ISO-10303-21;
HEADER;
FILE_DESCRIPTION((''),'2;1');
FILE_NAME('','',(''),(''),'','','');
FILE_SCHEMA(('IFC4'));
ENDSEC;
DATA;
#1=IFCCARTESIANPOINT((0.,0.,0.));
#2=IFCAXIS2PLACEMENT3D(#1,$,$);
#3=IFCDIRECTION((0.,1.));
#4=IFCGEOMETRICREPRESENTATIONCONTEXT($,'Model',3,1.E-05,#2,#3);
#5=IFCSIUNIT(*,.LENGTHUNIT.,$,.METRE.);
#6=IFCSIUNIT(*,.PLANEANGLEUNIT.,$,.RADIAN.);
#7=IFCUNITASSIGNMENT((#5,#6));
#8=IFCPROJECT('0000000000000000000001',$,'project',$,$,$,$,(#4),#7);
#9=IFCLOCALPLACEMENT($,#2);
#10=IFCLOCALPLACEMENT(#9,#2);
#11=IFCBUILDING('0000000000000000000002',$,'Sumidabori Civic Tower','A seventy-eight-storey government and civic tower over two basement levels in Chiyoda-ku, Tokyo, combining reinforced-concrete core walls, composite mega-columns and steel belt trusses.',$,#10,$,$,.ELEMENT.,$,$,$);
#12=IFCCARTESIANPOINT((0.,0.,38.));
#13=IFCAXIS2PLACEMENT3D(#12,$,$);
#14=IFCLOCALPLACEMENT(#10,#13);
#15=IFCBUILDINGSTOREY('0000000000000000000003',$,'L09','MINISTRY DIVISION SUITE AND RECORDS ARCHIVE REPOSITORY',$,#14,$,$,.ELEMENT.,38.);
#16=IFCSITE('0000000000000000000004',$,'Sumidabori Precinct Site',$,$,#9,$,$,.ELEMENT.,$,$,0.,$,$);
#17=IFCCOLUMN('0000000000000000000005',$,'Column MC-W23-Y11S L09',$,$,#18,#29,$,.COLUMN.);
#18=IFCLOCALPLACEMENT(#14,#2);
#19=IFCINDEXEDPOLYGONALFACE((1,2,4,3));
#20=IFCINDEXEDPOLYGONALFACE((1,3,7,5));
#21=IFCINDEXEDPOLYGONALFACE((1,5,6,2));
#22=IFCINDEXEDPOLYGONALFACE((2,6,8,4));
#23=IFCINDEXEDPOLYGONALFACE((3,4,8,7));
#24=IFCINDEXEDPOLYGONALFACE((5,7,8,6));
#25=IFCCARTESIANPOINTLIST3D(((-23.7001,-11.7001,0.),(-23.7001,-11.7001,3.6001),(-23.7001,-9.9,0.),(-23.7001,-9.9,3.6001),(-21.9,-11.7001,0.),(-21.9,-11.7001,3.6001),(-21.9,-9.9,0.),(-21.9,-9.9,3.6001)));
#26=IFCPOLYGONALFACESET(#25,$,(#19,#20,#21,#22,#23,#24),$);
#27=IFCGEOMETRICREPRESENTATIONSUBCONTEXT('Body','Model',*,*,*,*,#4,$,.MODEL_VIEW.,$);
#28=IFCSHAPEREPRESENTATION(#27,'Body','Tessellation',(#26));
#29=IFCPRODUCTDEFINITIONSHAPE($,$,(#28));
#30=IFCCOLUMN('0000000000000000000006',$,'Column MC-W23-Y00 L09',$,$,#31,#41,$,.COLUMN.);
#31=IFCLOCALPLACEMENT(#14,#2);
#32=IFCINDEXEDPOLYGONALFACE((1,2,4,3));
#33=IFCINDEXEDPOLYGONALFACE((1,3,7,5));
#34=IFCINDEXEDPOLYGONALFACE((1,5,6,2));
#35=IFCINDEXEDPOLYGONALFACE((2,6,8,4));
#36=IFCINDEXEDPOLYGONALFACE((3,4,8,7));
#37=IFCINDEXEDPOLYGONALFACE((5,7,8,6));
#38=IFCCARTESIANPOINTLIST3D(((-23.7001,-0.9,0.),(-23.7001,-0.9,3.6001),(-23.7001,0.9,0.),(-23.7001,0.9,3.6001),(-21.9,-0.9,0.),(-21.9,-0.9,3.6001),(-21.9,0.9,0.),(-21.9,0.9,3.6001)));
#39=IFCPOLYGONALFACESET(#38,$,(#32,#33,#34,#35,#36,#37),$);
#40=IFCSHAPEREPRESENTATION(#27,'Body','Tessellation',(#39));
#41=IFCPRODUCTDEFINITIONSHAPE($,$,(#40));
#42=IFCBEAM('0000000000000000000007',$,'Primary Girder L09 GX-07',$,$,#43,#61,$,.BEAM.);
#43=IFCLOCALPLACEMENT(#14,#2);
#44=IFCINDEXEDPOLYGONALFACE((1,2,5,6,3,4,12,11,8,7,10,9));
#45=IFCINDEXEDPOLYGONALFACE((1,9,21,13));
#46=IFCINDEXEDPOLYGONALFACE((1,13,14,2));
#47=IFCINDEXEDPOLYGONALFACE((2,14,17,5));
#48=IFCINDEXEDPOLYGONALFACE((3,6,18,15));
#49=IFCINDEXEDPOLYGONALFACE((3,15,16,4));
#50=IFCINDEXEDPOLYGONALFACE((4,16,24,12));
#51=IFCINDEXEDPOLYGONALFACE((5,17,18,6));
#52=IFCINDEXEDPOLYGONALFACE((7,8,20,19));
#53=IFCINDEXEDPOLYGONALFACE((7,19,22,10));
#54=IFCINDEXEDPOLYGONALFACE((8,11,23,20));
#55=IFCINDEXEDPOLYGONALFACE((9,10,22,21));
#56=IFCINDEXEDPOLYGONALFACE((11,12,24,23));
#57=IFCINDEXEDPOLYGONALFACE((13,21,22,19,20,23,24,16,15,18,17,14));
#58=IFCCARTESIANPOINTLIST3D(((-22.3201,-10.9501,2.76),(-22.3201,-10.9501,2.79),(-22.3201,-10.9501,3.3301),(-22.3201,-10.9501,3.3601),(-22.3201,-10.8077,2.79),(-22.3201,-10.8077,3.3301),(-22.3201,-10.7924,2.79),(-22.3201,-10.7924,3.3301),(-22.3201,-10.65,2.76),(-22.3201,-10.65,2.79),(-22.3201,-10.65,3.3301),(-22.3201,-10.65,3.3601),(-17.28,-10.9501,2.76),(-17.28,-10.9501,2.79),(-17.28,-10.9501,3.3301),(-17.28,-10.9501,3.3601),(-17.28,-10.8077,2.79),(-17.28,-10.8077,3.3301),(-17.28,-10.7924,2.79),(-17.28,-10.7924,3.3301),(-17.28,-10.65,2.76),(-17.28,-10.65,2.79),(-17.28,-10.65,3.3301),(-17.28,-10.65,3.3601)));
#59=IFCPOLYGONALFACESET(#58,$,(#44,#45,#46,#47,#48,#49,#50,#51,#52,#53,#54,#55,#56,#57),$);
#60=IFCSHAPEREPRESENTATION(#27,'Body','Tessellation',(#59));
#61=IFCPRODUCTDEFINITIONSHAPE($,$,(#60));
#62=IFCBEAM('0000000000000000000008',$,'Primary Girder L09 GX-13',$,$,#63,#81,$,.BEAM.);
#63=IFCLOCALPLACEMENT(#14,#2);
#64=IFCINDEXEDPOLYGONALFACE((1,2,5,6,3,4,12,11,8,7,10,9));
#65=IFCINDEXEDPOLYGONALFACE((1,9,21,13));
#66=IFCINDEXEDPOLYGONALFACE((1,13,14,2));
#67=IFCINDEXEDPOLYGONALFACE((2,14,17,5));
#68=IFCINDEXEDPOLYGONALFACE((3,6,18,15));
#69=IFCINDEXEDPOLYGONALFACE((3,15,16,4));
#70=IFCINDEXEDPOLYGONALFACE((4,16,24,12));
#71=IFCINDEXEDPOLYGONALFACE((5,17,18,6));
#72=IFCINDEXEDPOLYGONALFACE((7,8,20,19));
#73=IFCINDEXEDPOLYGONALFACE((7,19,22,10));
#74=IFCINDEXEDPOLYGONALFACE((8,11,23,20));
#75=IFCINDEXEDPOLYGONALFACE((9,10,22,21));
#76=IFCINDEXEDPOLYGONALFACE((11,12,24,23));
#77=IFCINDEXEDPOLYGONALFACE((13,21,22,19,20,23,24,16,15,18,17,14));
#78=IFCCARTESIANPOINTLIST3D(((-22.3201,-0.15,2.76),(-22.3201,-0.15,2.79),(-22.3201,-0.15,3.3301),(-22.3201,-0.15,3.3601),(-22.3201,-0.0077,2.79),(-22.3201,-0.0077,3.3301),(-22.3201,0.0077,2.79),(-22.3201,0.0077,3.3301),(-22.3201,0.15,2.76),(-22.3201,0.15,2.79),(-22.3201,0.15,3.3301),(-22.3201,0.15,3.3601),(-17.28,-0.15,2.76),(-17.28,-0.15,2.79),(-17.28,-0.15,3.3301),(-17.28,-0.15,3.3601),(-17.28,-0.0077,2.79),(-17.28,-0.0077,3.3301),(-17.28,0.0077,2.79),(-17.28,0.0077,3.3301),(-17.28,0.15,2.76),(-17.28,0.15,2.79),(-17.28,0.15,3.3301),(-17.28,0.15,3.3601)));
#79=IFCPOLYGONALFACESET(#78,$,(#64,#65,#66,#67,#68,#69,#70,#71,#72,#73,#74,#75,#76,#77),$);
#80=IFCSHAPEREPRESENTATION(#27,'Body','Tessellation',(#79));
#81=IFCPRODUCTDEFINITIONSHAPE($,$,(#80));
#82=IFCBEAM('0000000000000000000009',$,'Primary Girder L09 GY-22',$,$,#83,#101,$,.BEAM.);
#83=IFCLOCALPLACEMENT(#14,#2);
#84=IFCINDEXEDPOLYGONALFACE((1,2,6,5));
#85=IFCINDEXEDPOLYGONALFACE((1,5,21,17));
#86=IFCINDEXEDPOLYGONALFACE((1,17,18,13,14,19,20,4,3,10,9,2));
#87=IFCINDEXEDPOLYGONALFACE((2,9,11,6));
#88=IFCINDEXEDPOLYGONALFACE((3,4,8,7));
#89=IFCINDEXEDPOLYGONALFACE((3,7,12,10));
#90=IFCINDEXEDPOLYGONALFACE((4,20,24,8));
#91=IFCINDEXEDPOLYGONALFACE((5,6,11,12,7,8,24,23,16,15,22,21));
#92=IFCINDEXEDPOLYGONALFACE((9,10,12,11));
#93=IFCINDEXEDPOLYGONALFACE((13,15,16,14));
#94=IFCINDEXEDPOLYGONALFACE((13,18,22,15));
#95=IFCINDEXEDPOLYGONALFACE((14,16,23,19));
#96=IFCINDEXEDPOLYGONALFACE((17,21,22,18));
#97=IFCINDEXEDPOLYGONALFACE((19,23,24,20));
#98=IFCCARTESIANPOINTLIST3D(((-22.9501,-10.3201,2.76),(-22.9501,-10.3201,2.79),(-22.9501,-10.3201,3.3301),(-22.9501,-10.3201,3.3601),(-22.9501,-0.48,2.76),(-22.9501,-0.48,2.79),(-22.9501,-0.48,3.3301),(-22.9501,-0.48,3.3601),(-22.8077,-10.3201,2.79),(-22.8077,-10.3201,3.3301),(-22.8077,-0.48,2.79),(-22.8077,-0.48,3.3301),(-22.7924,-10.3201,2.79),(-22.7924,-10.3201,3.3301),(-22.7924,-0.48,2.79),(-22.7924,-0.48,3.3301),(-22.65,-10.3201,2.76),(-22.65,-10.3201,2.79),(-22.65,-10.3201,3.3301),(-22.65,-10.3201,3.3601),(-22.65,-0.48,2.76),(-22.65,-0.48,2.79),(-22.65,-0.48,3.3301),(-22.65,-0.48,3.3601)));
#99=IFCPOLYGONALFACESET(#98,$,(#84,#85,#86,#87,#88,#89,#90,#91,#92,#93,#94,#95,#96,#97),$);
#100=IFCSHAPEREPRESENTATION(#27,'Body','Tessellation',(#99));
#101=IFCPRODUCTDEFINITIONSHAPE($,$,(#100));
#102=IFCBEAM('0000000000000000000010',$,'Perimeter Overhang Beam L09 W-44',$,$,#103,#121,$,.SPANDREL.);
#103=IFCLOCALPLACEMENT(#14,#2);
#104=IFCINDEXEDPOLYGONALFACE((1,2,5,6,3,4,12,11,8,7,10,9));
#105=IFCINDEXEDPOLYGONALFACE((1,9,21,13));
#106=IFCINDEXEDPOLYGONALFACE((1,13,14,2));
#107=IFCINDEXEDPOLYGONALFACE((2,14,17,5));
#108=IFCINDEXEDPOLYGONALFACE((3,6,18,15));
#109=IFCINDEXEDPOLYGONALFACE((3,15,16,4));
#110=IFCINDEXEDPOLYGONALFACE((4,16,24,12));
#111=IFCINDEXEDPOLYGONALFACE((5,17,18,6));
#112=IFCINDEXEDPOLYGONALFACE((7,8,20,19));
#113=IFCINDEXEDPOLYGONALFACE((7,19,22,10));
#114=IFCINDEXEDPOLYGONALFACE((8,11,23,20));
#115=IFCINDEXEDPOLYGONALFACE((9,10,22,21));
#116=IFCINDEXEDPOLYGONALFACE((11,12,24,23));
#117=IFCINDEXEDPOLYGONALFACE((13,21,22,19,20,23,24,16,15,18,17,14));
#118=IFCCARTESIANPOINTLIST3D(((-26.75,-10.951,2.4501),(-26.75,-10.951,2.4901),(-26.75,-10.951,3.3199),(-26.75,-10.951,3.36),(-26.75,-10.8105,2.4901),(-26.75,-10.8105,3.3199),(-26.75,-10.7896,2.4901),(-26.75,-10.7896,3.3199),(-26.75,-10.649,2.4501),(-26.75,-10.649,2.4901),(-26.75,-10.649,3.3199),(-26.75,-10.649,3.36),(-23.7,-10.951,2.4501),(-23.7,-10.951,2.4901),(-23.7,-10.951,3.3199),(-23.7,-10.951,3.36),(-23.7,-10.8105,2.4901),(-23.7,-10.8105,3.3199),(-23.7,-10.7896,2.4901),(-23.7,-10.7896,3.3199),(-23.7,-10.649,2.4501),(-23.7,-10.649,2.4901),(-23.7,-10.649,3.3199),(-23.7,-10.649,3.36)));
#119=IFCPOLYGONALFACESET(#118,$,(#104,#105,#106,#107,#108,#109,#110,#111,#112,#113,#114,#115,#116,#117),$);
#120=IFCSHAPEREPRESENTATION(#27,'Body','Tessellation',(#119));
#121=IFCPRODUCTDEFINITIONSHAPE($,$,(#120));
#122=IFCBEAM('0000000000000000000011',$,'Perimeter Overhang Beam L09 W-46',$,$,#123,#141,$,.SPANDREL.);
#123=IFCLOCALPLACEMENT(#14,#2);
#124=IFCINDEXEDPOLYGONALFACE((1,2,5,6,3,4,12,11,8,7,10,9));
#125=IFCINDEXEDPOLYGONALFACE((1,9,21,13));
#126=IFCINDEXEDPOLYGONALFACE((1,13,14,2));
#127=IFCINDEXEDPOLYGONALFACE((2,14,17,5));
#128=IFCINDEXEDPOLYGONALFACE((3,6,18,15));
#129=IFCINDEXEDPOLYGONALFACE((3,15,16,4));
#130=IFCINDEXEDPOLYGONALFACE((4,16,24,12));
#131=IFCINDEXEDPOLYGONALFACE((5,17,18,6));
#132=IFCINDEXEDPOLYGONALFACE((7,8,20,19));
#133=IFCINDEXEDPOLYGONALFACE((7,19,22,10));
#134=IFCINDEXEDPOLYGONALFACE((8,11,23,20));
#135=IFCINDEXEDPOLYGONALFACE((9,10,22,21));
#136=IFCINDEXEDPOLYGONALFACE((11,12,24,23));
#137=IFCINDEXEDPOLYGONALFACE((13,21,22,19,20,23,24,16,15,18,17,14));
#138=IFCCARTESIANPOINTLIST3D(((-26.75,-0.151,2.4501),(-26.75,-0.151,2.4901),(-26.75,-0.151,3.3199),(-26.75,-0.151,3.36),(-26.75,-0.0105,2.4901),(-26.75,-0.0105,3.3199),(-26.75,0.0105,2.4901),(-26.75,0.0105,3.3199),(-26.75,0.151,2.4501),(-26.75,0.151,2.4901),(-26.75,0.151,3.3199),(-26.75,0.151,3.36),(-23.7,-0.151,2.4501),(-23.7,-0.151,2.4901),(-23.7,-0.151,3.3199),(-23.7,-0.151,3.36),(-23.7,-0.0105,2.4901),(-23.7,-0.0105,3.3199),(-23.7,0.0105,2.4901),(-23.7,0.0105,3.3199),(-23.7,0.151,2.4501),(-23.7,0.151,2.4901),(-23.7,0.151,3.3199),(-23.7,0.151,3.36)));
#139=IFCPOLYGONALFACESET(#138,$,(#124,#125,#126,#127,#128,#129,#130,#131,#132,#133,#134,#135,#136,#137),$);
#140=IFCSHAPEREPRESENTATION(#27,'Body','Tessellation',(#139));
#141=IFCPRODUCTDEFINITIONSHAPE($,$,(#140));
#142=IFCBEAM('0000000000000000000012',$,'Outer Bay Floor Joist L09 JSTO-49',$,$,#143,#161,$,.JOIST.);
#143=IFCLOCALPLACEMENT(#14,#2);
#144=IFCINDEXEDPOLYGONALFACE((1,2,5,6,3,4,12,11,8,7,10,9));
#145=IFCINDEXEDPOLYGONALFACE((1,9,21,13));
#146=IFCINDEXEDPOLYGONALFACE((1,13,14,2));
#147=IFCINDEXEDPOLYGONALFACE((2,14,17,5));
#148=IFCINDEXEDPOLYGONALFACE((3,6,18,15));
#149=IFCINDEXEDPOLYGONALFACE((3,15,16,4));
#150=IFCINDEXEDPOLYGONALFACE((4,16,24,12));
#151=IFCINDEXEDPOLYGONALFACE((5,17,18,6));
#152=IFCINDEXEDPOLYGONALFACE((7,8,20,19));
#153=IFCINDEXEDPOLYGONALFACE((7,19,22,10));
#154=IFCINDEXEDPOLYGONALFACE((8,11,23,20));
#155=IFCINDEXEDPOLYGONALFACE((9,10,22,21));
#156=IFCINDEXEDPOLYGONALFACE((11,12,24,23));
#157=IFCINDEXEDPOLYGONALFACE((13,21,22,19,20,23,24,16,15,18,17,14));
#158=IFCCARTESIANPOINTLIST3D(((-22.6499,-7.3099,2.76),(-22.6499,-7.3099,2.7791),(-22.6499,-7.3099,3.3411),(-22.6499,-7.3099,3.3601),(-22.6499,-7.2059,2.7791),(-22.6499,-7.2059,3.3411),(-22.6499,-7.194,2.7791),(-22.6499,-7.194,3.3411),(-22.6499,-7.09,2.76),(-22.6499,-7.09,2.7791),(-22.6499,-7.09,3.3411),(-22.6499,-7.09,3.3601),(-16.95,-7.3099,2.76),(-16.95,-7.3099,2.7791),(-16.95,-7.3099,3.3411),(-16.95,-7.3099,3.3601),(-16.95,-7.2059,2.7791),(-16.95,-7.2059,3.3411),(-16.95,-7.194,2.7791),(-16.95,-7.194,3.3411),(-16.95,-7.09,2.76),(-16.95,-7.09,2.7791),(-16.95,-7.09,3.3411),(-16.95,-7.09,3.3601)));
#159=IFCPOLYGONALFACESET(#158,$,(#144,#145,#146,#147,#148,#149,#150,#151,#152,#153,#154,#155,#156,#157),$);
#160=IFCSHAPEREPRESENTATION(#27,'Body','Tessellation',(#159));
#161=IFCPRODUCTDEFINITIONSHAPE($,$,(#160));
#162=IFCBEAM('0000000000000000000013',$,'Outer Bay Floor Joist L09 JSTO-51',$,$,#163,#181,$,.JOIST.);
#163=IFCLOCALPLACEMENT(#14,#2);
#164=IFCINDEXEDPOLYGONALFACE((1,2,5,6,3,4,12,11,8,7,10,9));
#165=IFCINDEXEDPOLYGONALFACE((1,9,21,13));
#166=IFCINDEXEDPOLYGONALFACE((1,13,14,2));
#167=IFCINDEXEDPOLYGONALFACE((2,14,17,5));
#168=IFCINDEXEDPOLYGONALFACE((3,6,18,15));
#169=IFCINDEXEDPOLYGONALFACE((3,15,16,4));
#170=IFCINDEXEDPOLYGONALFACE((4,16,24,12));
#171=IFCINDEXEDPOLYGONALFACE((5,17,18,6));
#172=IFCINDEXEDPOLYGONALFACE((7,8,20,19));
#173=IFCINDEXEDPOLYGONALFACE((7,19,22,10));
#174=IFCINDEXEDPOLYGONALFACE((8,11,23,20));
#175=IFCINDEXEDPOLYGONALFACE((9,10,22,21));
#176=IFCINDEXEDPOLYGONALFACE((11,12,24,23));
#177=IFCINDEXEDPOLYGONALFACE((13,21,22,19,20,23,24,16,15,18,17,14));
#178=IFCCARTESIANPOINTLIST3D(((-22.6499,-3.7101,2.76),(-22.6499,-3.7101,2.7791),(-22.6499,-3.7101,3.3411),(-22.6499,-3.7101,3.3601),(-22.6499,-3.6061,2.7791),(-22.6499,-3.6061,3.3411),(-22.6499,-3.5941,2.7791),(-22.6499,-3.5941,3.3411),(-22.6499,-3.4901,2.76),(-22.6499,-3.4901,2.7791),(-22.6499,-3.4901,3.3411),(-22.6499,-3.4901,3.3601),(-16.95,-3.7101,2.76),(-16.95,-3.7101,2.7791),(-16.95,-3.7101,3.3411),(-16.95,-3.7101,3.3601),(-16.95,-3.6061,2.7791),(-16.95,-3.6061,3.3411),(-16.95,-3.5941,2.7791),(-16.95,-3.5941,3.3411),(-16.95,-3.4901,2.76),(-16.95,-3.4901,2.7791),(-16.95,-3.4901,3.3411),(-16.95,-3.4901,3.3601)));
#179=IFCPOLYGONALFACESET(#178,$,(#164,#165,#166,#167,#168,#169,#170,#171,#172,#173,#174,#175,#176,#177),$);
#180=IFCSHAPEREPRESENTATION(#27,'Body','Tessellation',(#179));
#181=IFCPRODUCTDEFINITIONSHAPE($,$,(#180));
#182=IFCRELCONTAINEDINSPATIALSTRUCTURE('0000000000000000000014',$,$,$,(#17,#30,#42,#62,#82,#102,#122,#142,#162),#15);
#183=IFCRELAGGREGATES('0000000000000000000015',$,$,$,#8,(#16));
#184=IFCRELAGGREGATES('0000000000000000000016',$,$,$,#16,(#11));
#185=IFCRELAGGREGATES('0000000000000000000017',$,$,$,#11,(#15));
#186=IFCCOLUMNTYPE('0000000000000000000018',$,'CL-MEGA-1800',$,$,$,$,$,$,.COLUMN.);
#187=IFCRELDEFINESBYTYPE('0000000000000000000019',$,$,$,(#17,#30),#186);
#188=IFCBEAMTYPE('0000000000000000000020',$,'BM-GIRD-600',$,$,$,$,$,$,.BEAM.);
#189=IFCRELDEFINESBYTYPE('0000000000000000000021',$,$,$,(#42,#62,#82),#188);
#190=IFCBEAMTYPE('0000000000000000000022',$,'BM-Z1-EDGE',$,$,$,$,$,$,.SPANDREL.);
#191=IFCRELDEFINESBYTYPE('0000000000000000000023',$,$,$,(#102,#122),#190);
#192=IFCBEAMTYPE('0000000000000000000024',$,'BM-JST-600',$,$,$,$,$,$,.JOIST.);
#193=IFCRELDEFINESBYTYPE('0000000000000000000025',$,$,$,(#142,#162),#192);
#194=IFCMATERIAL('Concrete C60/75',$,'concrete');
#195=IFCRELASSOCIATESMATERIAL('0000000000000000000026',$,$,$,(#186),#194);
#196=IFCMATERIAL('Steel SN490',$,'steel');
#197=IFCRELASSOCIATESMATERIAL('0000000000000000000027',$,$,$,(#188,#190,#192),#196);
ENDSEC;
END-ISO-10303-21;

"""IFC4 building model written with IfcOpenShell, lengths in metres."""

from ifc_helpers import new_model, si_unit, direction, frame, origin, origin_2d, place, context, subcontext, project, spatial, rectangle, i_section, extrude, source, transform, mapped, material, material_profile, profile_set, type_object, element, save


model = new_model("IFC4")

# Units and contexts
model_context = context("Model", 3, precision=1e-05, world=origin(), true_north=direction((0.0, 1.0)))
body_context = subcontext(model_context, "Body", "Model", "MODEL_VIEW")
ifc_project = project(units=[si_unit("LENGTHUNIT", "METRE"), si_unit("PLANEANGLEUNIT", "RADIAN")], contexts=[model_context])

# Site, building, storey
site_placement = place(None, origin())
site = spatial("IfcSite", under=ifc_project, at=site_placement, Name="Sumidabori Precinct Site", CompositionType="ELEMENT", RefElevation=0.0)
building_placement = place(site_placement, origin())
building = spatial("IfcBuilding", under=site, at=building_placement, Name="Sumidabori Civic Tower", Description="A seventy-eight-storey government and civic tower over two basement levels in Chiyoda-ku, Tokyo, combining reinforced-concrete core walls, composite mega-columns and steel belt trusses.", CompositionType="ELEMENT")
storey_placement = place(building_placement, frame((0.0, 0.0, 38.0)))
storey = spatial("IfcBuildingStorey", under=building, at=storey_placement, Name="L09", Description="MINISTRY DIVISION SUITE AND RECORDS ARCHIVE REPOSITORY", CompositionType="ELEMENT", Elevation=38.0)

# Columns
ifc_material_1 = material(Name="Concrete C60/75", Category="concrete")
ifc_material_profile_1 = material_profile(ifc_material_1, rectangle(XDim=1.8, YDim=1.8, at=origin_2d()), Name="RC 1800x1800")
ifc_profile_set_1 = profile_set([ifc_material_profile_1], Name="Concrete C60/75")
column_type = type_object("IfcColumnType", Name="CL-MEGA-1800", PredefinedType="COLUMN", material=ifc_profile_set_1)
shared_shape_1 = source(origin(), body_context, "Body", "SweptSolid", [
    extrude(rectangle(XDim=1.8, YDim=1.8, at=origin_2d()), origin(), (0.0, 0.0, 1.0), 3.6001),
])
for number, where, z_axis, x_axis, name in (
    (1, (-22.8, -10.8, 0.0), (0.0, 0.0, 1.0), (1.0, 0.0, 0.0), "Column MC-W23-Y11S L09"),
    (2, (-22.8, 0.0, 0.0), (0.0, 0.0, 1.0), (1.0, 0.0, 0.0), "Column MC-W23-Y00 L09"),
):
    element("IfcColumn", number, at=place(storey_placement, frame(where, z_axis=z_axis, x_axis=x_axis)), inside=storey, type_object=column_type, Name=name, PredefinedType="COLUMN", context=body_context, shape_type="MappedRepresentation", body=[
        mapped(shared_shape_1, transform((0.0, 0.0, 0.0), x_axis=(1.0, 0.0, 0.0), y_axis=(0.0, 1.0, 0.0), z_axis=(0.0, 0.0, 1.0), scale=1.0)),
    ])

# Beams
ifc_material_2 = material(Name="Steel SN490", Category="steel")
ifc_material_profile_2 = material_profile(ifc_material_2, i_section(OverallWidth=0.3, OverallDepth=0.6001, WebThickness=0.0154, FlangeThickness=0.03, at=origin_2d()), Name="HE 600 B")
ifc_profile_set_2 = profile_set([ifc_material_profile_2], Name="Steel SN490")
beam_type_1 = type_object("IfcBeamType", Name="BM-GIRD-600", PredefinedType="BEAM", material=ifc_profile_set_2)
shared_shape_2 = source(origin(), body_context, "Body", "SweptSolid", [
    extrude(i_section(OverallWidth=0.3, OverallDepth=0.6001, WebThickness=0.0154, FlangeThickness=0.03, at=origin_2d()), origin(), (0.0, 0.0, 1.0), 5.04),
])
for number, where, z_axis, x_axis, name in (
    (3, (-22.3201, -10.8, 3.0601), (1.0, 0.0, 0.0), (0.0, 1.0, 0.0), "Primary Girder L09 GX-07"),
    (4, (-22.3201, 0.0, 3.0601), (1.0, 0.0, 0.0), (0.0, 1.0, 0.0), "Primary Girder L09 GX-13"),
):
    element("IfcBeam", number, at=place(storey_placement, frame(where, z_axis=z_axis, x_axis=x_axis)), inside=storey, type_object=beam_type_1, Name=name, PredefinedType="BEAM", context=body_context, shape_type="MappedRepresentation", body=[
        mapped(shared_shape_2, transform((0.0, 0.0, 0.0), x_axis=(1.0, 0.0, 0.0), y_axis=(0.0, 1.0, 0.0), z_axis=(0.0, 0.0, 1.0), scale=1.0)),
    ])
shared_shape_3 = source(origin(), body_context, "Body", "SweptSolid", [
    extrude(i_section(OverallWidth=0.3, OverallDepth=0.6001, WebThickness=0.0154, FlangeThickness=0.03, at=origin_2d()), origin(), (0.0, 0.0, 1.0), 9.8401),
])
beam_placement = place(storey_placement, frame((-22.8, -10.3201, 3.0601), z_axis=(0.0, 1.0, 0.0), x_axis=(-1.0, 0.0, 0.0)))
element("IfcBeam", 5, at=beam_placement, inside=storey, type_object=beam_type_1, Name="Primary Girder L09 GY-22", PredefinedType="BEAM", context=body_context, shape_type="MappedRepresentation", body=[
    mapped(shared_shape_3, transform((0.0, 0.0, 0.0), x_axis=(1.0, 0.0, 0.0), y_axis=(0.0, 1.0, 0.0), z_axis=(0.0, 0.0, 1.0), scale=1.0)),
])
ifc_material_profile_3 = material_profile(ifc_material_2, i_section(OverallWidth=0.302, OverallDepth=0.9099, WebThickness=0.021, FlangeThickness=0.04, at=origin_2d()), Name="HE 900 M")
ifc_profile_set_3 = profile_set([ifc_material_profile_3], Name="Steel SN490")
beam_type_2 = type_object("IfcBeamType", Name="BM-Z1-EDGE", PredefinedType="SPANDREL", material=ifc_profile_set_3)
shared_shape_4 = source(origin(), body_context, "Body", "SweptSolid", [
    extrude(i_section(OverallWidth=0.302, OverallDepth=0.9099, WebThickness=0.021, FlangeThickness=0.04, at=origin_2d()), origin(), (0.0, 0.0, 1.0), 3.05),
])
for number, where, z_axis, x_axis, name in (
    (6, (-26.75, -10.8, 2.905), (1.0, 0.0, 0.0), (0.0, 1.0, 0.0), "Perimeter Overhang Beam L09 W-44"),
    (7, (-26.75, 0.0, 2.905), (1.0, 0.0, 0.0), (0.0, 1.0, 0.0), "Perimeter Overhang Beam L09 W-46"),
):
    element("IfcBeam", number, at=place(storey_placement, frame(where, z_axis=z_axis, x_axis=x_axis)), inside=storey, type_object=beam_type_2, Name=name, PredefinedType="SPANDREL", context=body_context, shape_type="MappedRepresentation", body=[
        mapped(shared_shape_4, transform((0.0, 0.0, 0.0), x_axis=(1.0, 0.0, 0.0), y_axis=(0.0, 1.0, 0.0), z_axis=(0.0, 0.0, 1.0), scale=1.0)),
    ])
ifc_material_profile_4 = material_profile(ifc_material_2, i_section(OverallWidth=0.22, OverallDepth=0.6001, WebThickness=0.012, FlangeThickness=0.019, at=origin_2d()), Name="IPE 600")
ifc_profile_set_4 = profile_set([ifc_material_profile_4], Name="Steel SN490")
beam_type_3 = type_object("IfcBeamType", Name="BM-JST-600", PredefinedType="JOIST", material=ifc_profile_set_4)
shared_shape_5 = source(origin(), body_context, "Body", "SweptSolid", [
    extrude(i_section(OverallWidth=0.22, OverallDepth=0.6001, WebThickness=0.012, FlangeThickness=0.019, at=origin_2d()), origin(), (0.0, 0.0, 1.0), 5.7),
])
for number, where, z_axis, x_axis, name in (
    (8, (-22.6499, -7.2, 3.0601), (1.0, 0.0, 0.0), (0.0, 1.0, 0.0), "Outer Bay Floor Joist L09 JSTO-49"),
    (9, (-22.6499, -3.6001, 3.0601), (1.0, 0.0, 0.0), (0.0, 1.0, 0.0), "Outer Bay Floor Joist L09 JSTO-51"),
):
    element("IfcBeam", number, at=place(storey_placement, frame(where, z_axis=z_axis, x_axis=x_axis)), inside=storey, type_object=beam_type_3, Name=name, PredefinedType="JOIST", context=body_context, shape_type="MappedRepresentation", body=[
        mapped(shared_shape_5, transform((0.0, 0.0, 0.0), x_axis=(1.0, 0.0, 0.0), y_axis=(0.0, 1.0, 0.0), z_axis=(0.0, 0.0, 1.0), scale=1.0)),
    ])

save(model, "model.ifc")
